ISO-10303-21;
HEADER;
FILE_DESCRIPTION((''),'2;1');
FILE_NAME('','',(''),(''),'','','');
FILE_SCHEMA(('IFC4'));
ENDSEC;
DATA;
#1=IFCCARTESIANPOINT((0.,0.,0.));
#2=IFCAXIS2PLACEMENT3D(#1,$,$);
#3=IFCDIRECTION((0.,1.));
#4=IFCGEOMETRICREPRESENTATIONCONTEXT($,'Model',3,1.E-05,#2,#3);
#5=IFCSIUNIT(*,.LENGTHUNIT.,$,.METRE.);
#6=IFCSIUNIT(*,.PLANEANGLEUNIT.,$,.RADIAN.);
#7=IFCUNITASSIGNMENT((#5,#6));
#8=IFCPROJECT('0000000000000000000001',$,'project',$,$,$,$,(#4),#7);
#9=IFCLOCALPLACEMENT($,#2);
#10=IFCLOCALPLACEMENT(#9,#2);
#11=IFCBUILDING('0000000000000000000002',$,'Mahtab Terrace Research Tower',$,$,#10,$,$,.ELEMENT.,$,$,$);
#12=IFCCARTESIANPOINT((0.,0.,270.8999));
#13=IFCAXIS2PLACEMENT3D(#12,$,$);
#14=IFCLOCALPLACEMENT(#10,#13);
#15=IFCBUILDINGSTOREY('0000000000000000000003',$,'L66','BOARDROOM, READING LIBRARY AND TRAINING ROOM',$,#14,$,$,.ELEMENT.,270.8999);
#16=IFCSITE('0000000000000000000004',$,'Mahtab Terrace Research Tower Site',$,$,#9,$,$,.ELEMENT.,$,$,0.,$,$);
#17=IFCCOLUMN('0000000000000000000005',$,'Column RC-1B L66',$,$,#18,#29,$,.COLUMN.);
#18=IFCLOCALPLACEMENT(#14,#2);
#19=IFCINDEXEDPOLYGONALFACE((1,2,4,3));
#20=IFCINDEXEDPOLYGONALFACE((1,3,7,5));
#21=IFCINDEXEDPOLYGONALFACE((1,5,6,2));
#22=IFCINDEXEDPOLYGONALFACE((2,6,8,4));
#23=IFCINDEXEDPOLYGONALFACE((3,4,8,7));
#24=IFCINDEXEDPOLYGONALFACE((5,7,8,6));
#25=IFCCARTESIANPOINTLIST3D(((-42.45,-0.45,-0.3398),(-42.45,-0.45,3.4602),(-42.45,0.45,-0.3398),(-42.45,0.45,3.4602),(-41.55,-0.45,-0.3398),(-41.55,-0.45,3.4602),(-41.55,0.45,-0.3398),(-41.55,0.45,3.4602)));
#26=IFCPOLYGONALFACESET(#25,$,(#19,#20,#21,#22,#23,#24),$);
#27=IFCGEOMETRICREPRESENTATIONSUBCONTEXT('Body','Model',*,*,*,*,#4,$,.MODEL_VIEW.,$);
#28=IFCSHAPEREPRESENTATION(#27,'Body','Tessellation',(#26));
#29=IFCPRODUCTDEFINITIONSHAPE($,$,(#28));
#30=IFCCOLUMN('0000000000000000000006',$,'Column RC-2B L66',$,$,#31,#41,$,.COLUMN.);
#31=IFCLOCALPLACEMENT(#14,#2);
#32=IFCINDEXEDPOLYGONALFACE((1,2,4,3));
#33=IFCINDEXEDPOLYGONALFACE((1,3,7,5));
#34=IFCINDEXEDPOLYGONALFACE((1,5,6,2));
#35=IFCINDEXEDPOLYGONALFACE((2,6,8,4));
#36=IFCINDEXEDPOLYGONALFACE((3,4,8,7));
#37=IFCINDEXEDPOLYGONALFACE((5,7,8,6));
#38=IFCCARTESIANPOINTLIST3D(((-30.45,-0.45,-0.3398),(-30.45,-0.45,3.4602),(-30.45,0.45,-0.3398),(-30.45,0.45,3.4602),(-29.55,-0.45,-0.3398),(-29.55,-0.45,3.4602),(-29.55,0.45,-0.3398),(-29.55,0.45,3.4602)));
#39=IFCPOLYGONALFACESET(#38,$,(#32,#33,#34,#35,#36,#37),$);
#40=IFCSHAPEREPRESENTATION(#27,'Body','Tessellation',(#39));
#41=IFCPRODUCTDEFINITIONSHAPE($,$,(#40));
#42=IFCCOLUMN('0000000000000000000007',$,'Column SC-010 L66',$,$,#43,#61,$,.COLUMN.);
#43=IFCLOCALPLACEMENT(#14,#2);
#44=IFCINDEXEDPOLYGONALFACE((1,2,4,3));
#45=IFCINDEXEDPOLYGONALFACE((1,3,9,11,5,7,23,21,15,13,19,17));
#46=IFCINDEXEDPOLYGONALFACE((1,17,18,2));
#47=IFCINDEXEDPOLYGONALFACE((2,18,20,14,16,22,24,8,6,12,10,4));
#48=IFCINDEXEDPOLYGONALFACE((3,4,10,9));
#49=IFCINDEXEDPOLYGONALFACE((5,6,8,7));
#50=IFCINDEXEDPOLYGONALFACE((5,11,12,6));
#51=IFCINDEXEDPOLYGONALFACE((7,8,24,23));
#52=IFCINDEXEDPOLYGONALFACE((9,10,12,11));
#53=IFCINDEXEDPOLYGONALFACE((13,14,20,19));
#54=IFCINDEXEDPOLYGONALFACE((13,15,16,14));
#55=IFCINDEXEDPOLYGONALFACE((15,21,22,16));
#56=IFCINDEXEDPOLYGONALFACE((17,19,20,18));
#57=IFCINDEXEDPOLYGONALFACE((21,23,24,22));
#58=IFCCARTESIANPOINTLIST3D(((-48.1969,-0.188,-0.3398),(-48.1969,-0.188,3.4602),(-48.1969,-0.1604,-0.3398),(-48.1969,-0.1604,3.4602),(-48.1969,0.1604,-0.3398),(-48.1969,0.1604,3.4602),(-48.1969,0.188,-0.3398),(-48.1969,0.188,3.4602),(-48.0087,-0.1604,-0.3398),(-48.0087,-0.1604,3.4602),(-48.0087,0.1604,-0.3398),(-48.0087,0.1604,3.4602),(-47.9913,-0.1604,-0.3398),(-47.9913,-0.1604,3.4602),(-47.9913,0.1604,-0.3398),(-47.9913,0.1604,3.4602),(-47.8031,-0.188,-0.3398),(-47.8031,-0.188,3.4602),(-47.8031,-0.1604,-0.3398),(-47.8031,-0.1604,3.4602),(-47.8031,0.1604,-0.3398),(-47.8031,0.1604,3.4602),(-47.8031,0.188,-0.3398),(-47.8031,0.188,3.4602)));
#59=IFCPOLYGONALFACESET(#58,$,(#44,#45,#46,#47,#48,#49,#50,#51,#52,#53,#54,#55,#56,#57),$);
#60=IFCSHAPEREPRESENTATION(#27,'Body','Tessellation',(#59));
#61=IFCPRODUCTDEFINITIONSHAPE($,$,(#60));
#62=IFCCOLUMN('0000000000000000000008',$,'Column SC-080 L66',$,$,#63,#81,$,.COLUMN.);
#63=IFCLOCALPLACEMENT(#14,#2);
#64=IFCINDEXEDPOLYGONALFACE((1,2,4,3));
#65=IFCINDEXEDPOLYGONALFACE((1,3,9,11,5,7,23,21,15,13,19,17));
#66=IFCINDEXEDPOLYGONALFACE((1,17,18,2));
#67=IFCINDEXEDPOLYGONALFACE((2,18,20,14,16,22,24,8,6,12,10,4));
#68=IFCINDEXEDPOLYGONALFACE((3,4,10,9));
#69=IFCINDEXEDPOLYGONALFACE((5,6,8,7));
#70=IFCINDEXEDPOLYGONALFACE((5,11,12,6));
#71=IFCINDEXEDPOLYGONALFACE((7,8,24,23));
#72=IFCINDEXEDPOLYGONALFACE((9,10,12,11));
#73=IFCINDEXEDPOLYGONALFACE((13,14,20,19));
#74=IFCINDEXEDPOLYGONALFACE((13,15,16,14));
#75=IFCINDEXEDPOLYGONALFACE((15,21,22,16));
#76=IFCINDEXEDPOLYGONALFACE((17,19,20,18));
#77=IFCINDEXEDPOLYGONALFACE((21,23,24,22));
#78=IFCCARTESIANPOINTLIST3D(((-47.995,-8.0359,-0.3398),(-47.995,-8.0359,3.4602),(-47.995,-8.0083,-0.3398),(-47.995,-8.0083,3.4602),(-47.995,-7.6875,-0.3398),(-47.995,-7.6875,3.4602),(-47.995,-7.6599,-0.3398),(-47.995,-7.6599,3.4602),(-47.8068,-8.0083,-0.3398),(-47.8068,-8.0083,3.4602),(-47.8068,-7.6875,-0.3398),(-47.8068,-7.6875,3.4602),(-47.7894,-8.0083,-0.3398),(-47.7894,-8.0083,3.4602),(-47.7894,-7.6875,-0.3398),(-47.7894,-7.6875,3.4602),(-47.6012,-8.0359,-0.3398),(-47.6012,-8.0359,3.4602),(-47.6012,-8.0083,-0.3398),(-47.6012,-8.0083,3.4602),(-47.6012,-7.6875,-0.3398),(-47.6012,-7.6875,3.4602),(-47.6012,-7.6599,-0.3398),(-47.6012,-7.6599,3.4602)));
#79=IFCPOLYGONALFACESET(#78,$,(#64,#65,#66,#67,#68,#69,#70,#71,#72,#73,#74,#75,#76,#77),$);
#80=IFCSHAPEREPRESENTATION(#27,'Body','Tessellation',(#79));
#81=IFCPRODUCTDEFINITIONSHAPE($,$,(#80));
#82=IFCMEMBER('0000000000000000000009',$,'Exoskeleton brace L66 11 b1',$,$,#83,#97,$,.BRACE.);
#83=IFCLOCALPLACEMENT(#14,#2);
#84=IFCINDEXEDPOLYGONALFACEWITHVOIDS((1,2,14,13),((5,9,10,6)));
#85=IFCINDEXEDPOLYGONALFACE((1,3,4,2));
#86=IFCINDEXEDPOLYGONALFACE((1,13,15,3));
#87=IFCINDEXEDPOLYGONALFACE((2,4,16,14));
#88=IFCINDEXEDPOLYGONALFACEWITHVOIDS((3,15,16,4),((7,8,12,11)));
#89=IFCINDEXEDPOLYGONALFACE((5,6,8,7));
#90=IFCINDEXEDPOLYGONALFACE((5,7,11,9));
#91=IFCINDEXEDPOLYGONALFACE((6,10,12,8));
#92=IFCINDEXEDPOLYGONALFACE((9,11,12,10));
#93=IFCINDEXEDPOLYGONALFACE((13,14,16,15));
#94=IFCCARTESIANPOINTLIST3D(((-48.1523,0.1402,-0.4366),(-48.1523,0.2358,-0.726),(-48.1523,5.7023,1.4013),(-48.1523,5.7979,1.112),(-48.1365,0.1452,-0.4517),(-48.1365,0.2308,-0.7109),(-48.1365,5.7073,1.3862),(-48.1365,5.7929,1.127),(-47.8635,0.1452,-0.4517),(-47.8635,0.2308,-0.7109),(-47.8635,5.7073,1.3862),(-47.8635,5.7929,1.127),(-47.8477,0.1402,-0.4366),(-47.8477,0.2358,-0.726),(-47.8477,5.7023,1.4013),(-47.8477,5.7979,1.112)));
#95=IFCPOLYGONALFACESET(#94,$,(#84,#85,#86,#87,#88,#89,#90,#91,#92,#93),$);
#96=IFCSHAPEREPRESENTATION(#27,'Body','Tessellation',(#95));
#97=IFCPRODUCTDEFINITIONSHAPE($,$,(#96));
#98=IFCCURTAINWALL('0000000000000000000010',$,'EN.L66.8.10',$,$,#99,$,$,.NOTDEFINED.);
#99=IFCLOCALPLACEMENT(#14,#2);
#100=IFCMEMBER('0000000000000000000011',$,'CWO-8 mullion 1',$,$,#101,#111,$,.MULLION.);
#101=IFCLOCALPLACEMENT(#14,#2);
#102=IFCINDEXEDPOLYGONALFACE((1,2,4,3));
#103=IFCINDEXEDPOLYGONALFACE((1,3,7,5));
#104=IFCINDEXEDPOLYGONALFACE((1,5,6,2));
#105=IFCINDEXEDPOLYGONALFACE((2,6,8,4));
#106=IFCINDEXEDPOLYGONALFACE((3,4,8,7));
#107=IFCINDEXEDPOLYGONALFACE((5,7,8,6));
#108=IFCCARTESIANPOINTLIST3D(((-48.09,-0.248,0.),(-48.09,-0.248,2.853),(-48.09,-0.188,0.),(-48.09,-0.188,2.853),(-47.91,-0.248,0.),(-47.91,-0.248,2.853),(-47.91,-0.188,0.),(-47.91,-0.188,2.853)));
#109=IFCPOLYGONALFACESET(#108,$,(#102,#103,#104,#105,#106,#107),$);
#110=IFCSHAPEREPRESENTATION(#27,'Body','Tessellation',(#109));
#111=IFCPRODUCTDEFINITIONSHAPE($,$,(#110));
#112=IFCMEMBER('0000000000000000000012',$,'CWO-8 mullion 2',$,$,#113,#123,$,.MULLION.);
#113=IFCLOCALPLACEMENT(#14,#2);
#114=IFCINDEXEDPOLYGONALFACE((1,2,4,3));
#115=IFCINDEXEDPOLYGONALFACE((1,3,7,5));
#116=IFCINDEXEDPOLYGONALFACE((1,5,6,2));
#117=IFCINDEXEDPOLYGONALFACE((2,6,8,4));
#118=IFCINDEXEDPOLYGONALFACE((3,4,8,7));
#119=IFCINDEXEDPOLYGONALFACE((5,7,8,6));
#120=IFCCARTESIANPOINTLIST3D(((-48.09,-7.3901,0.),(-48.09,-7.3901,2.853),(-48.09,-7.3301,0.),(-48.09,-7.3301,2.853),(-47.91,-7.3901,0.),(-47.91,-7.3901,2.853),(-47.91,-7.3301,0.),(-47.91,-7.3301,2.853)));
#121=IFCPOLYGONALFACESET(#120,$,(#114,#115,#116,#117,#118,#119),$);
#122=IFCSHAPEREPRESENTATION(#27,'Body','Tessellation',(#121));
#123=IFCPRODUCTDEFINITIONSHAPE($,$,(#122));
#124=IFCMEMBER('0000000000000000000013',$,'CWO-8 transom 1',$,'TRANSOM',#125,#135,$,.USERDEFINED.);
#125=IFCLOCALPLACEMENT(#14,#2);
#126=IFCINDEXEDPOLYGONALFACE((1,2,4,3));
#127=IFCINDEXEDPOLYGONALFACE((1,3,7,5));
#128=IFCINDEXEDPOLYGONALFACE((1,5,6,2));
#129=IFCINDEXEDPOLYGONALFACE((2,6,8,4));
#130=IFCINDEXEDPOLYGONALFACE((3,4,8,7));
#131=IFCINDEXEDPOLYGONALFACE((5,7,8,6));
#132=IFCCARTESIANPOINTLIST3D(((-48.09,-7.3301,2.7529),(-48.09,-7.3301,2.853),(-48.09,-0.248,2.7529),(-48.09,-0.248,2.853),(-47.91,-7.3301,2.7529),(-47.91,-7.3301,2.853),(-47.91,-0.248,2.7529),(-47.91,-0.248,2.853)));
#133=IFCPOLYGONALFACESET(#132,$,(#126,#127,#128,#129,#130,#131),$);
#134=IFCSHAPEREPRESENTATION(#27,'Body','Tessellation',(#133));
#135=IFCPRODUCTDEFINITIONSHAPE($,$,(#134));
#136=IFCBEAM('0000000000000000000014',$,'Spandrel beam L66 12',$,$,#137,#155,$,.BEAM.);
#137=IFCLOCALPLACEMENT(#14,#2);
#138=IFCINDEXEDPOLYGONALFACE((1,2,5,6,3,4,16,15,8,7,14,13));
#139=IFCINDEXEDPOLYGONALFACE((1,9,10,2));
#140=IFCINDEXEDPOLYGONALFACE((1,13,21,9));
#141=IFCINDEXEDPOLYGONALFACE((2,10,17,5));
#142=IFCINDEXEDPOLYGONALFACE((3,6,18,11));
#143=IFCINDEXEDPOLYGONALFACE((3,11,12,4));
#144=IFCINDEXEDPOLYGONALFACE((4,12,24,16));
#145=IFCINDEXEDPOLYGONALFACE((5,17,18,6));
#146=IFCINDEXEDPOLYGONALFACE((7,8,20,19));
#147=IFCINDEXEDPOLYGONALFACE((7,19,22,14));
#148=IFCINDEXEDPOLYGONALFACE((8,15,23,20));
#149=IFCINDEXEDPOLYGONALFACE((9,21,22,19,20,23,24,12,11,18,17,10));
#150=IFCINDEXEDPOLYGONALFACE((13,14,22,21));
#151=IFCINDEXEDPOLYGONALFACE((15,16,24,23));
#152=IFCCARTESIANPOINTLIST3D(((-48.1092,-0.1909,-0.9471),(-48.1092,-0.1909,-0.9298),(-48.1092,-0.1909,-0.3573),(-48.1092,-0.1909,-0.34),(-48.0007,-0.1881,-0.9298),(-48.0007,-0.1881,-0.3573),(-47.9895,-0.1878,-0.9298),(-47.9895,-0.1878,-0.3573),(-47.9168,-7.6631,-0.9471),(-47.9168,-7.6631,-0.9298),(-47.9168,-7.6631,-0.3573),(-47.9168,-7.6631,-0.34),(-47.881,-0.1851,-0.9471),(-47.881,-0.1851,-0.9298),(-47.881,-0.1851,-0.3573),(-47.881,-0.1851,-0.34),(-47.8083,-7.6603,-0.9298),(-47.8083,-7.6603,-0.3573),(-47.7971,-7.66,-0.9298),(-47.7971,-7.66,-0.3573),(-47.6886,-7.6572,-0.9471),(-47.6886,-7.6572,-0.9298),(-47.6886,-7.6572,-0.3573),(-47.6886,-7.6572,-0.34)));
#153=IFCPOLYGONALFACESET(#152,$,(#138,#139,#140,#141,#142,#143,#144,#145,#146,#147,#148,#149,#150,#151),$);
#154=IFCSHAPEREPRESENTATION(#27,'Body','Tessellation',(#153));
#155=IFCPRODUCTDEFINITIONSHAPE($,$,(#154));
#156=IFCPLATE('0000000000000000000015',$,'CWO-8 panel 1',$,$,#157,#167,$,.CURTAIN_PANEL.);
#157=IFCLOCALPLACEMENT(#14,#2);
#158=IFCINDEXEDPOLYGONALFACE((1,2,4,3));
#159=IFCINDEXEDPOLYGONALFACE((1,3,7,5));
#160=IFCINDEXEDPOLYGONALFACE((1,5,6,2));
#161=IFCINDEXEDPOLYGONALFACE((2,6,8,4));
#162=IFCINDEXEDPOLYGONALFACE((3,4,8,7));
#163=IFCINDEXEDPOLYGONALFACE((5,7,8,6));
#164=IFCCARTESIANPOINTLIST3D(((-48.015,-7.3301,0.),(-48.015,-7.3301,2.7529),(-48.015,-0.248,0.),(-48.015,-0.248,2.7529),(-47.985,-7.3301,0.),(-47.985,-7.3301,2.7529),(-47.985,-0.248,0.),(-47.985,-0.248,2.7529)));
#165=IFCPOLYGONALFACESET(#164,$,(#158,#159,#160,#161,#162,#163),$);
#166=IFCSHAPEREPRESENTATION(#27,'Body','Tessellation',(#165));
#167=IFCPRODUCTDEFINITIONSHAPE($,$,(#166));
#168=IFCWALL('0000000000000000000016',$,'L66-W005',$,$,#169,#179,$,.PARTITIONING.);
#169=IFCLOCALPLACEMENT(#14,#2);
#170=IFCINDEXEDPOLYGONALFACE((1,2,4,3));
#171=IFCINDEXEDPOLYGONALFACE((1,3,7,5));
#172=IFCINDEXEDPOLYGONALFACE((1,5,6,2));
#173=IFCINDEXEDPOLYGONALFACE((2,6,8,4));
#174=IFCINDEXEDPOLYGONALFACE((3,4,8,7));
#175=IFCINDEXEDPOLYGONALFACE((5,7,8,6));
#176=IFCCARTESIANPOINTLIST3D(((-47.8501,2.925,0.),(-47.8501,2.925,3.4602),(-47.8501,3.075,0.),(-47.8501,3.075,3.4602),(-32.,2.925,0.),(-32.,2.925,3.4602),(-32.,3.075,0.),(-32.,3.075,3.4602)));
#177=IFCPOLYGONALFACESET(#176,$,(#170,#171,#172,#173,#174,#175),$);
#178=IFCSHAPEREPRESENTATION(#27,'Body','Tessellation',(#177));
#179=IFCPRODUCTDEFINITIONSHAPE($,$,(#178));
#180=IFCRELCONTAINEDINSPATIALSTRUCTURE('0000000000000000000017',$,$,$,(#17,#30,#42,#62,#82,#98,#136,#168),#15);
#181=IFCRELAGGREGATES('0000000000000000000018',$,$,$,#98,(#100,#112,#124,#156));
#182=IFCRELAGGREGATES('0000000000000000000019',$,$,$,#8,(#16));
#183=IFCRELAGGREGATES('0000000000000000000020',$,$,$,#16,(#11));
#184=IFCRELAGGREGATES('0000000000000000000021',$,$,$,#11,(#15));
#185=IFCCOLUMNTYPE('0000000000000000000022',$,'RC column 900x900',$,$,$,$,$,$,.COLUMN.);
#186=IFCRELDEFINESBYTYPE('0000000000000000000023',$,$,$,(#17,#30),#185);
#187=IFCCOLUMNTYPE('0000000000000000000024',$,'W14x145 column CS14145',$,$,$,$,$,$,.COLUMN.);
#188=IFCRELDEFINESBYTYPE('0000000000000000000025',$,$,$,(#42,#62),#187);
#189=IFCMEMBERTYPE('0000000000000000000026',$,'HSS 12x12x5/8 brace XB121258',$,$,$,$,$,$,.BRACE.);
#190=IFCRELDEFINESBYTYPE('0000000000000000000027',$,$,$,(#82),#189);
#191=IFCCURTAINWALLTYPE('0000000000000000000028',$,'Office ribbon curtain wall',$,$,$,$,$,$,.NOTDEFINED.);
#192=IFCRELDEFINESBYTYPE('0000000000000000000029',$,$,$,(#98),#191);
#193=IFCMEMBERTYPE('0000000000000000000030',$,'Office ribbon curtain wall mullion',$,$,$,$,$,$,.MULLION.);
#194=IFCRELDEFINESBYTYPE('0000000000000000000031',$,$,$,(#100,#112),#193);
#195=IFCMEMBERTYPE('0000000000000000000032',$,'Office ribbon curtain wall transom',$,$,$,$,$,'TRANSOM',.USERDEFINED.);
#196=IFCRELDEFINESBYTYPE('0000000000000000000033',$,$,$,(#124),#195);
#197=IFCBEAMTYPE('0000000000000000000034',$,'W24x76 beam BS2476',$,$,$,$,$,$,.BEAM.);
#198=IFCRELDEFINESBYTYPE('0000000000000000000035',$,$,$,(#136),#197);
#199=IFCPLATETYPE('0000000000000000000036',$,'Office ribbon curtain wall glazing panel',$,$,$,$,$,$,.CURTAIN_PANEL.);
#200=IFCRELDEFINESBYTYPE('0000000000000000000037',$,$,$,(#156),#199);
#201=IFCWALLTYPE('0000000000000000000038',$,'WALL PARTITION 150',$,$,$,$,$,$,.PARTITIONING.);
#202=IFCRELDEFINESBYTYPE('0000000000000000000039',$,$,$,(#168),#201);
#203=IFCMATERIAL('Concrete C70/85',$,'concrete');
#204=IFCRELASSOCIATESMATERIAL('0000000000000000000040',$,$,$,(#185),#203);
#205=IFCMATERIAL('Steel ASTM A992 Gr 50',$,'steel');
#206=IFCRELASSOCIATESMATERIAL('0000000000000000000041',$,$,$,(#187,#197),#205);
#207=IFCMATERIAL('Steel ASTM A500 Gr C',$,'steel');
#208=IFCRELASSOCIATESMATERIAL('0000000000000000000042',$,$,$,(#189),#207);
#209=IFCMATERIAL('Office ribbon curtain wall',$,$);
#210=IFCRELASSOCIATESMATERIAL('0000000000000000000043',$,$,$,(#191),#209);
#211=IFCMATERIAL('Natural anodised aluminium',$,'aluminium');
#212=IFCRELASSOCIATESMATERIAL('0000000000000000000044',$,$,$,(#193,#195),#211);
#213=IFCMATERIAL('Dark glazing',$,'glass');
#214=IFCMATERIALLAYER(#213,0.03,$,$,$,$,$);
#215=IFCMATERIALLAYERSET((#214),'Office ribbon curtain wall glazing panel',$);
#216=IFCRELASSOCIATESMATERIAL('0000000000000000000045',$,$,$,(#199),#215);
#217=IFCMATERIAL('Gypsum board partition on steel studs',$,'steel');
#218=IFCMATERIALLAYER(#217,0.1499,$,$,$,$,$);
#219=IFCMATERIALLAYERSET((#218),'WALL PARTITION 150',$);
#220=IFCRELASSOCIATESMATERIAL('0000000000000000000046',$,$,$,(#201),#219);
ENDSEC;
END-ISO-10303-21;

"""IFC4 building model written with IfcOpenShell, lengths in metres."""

from ifc_helpers import new_model, si_unit, direction, frame, frame_2d, origin, origin_2d, place, context, subcontext, project, spatial, rectangle, hollow_rectangle, i_section, extrude, material, layer, layer_set, material_profile, profile_set, type_object, element, aggregate, save


model = new_model("IFC4")

# Units and contexts
model_context = context("Model", 3, precision=1e-05, world=origin(), true_north=direction((0.0, 1.0)))
body_context = subcontext(model_context, "Body", "Model", "MODEL_VIEW")
ifc_project = project(units=[si_unit("LENGTHUNIT", "METRE"), si_unit("PLANEANGLEUNIT", "RADIAN")], contexts=[model_context])

# Site, building, storey
site_placement = place(None, origin())
site = spatial("IfcSite", under=ifc_project, at=site_placement, Name="Mahtab Terrace Research Tower Site", CompositionType="ELEMENT", RefElevation=0.0)
building_placement = place(site_placement, origin())
building = spatial("IfcBuilding", under=site, at=building_placement, Name="Mahtab Terrace Research Tower", CompositionType="ELEMENT")
storey_placement = place(building_placement, frame((0.0, 0.0, 270.8999)))
storey = spatial("IfcBuildingStorey", under=building, at=storey_placement, Name="L66", Description="BOARDROOM, READING LIBRARY AND TRAINING ROOM", CompositionType="ELEMENT", Elevation=270.8999)

# Columns
ifc_material_1 = material(Name="Concrete C70/85", Category="concrete")
ifc_material_profile_1 = material_profile(ifc_material_1, rectangle(XDim=0.8999, YDim=0.8999, at=origin_2d()), Name="RC column 900x900")
ifc_profile_set_1 = profile_set([ifc_material_profile_1], Name="Concrete C70/85")
column_type_1 = type_object("IfcColumnType", Name="RC column 900x900", PredefinedType="COLUMN", material=ifc_profile_set_1)
for number, where, z_axis, x_axis, name in (
    (1, (-42.0, 0.0, -0.3398), (0.0, 0.0, 1.0), (1.0, 0.0, 0.0), "Column RC-1B L66"),
    (2, (-30.0, 0.0, -0.3398), (0.0, 0.0, 1.0), (1.0, 0.0, 0.0), "Column RC-2B L66"),
):
    element("IfcColumn", number, at=place(storey_placement, frame(where, z_axis=z_axis, x_axis=x_axis)), inside=storey, type_object=column_type_1, Name=name, PredefinedType="COLUMN", context=body_context, shape_type="SweptSolid", body=[
        extrude(rectangle(XDim=0.8999, YDim=0.8999, at=origin_2d()), origin(), (0.0, 0.0, 1.0), 3.8),
    ])
ifc_material_2 = material(Name="Steel ASTM A992 Gr 50", Category="steel")
ifc_material_profile_2 = material_profile(ifc_material_2, i_section(OverallWidth=0.3938, OverallDepth=0.376, WebThickness=0.0173, FlangeThickness=0.0276, at=origin_2d()), Name="W14X145")
ifc_profile_set_2 = profile_set([ifc_material_profile_2], Name="Steel ASTM A992 Gr 50")
column_type_2 = type_object("IfcColumnType", Name="W14x145 column CS14145", PredefinedType="COLUMN", material=ifc_profile_set_2)
for number, where, z_axis, x_axis, name in (
    (3, (-48.0, 0.0, -0.3398), (0.0, 0.0, 1.0), (1.0, 0.0, 0.0), "Column SC-010 L66"),
    (4, (-47.7981, -7.8479, -0.3398), (0.0, 0.0, 1.0), (1.0, 0.0, 0.0), "Column SC-080 L66"),
):
    element("IfcColumn", number, at=place(storey_placement, frame(where, z_axis=z_axis, x_axis=x_axis)), inside=storey, type_object=column_type_2, Name=name, PredefinedType="COLUMN", context=body_context, shape_type="SweptSolid", body=[
        extrude(i_section(OverallWidth=0.3938, OverallDepth=0.376, WebThickness=0.0173, FlangeThickness=0.0276, at=origin_2d()), origin(), (0.0, 0.0, 1.0), 3.8),
    ])

# Member
ifc_material_3 = material(Name="Steel ASTM A500 Gr C", Category="steel")
ifc_material_profile_3 = material_profile(ifc_material_3, hollow_rectangle(XDim=0.3047, YDim=0.3047, WallThickness=0.0159, at=origin_2d()), Name="HSS12X12X5/8")
ifc_profile_set_3 = profile_set([ifc_material_profile_3], Name="Steel ASTM A500 Gr C")
member_type_1 = type_object("IfcMemberType", Name="HSS 12x12x5/8 brace XB121258", PredefinedType="BRACE", material=ifc_profile_set_3)
member_1_placement = place(storey_placement, frame((-48.0, 0.188, -0.5813), z_axis=(0.0, 0.949505, 0.313751), x_axis=(-1.0, 0.0, 0.0)))
element("IfcMember", 5, at=member_1_placement, inside=storey, type_object=member_type_1, Name="Exoskeleton brace L66 11 b1", PredefinedType="BRACE", context=body_context, shape_type="SweptSolid", body=[
    extrude(hollow_rectangle(XDim=0.3047, YDim=0.3047, WallThickness=0.0159, at=origin_2d()), origin(), (0.0, 0.0, 1.0), 5.8579),
])

# Curtain wall, members
ifc_material_4 = material(Name="Office ribbon curtain wall")
curtain_wall_type = type_object("IfcCurtainWallType", Name="Office ribbon curtain wall", PredefinedType="NOTDEFINED", material=ifc_material_4)
curtain_wall_placement = place(storey_placement, origin())
curtain_wall = element("IfcCurtainWall", 6, at=curtain_wall_placement, inside=storey, type_object=curtain_wall_type, Name="EN.L66.8.10", PredefinedType="NOTDEFINED")
ifc_material_5 = material(Name="Natural anodised aluminium", Category="aluminium")
ifc_material_profile_4 = material_profile(ifc_material_5, rectangle(XDim=0.1799, YDim=0.0601, at=origin_2d()), Name="MULLION 60x180")
ifc_profile_set_4 = profile_set([ifc_material_profile_4], Name="Natural anodised aluminium")
member_type_2 = type_object("IfcMemberType", Name="Office ribbon curtain wall mullion", PredefinedType="MULLION", material=ifc_profile_set_4)
member_2_placement = place(storey_placement, frame((-48.0, -0.218, 0.0), z_axis=(0.0, 0.0, 1.0), x_axis=(1.0, 0.0, 0.0)))
member_2 = element("IfcMember", 7, at=member_2_placement, type_object=member_type_2, Name="CWO-8 mullion 1", PredefinedType="MULLION", context=body_context, shape_type="SweptSolid", body=[
    extrude(rectangle(XDim=0.1799, YDim=0.0601, at=origin_2d()), origin(), (0.0, 0.0, 1.0), 2.853),
])
member_3_placement = place(storey_placement, frame((-48.0, -7.3601, 0.0), z_axis=(0.0, 0.0, 1.0), x_axis=(1.0, 0.0, 0.0)))
member_3 = element("IfcMember", 8, at=member_3_placement, type_object=member_type_2, Name="CWO-8 mullion 2", PredefinedType="MULLION", context=body_context, shape_type="SweptSolid", body=[
    extrude(rectangle(XDim=0.1799, YDim=0.0601, at=origin_2d()), origin(), (0.0, 0.0, 1.0), 2.853),
])
ifc_material_profile_5 = material_profile(ifc_material_5, rectangle(XDim=0.1799, YDim=0.1001, at=origin_2d()), Name="TRANSOM 100x180")
ifc_profile_set_5 = profile_set([ifc_material_profile_5], Name="Natural anodised aluminium")
member_type_3 = type_object("IfcMemberType", Name="Office ribbon curtain wall transom", ElementType="TRANSOM", PredefinedType="USERDEFINED", material=ifc_profile_set_5)
member_4_placement = place(storey_placement, frame((-48.0, -0.248, 2.803), z_axis=(0.0, -1.0, 0.0), x_axis=(1.0, 0.0, 0.0)))
member_4 = element("IfcMember", 9, at=member_4_placement, type_object=member_type_3, Name="CWO-8 transom 1", ObjectType="TRANSOM", PredefinedType="USERDEFINED", context=body_context, shape_type="SweptSolid", body=[
    extrude(rectangle(XDim=0.1799, YDim=0.1001, at=origin_2d()), origin(), (0.0, 0.0, 1.0), 7.082),
])

# Beam
ifc_material_profile_6 = material_profile(ifc_material_2, i_section(OverallWidth=0.2283, OverallDepth=0.6072, WebThickness=0.0112, FlangeThickness=0.0173, at=origin_2d()), Name="W24X76")
ifc_profile_set_6 = profile_set([ifc_material_profile_6], Name="Steel ASTM A992 Gr 50")
beam_type = type_object("IfcBeamType", Name="W24x76 beam BS2476", PredefinedType="BEAM", material=ifc_profile_set_6)
beam_placement = place(storey_placement, frame((-47.9951, -0.188, -0.6436), z_axis=(0.025738, -0.999669, 0.0), x_axis=(0.999669, 0.025738, 0.0)))
element("IfcBeam", 10, at=beam_placement, inside=storey, type_object=beam_type, Name="Spandrel beam L66 12", PredefinedType="BEAM", context=body_context, shape_type="SweptSolid", body=[
    extrude(i_section(OverallWidth=0.2283, OverallDepth=0.6072, WebThickness=0.0112, FlangeThickness=0.0173, at=origin_2d()), origin(), (0.0, 0.0, 1.0), 7.4746),
])

# Plate
ifc_material_6 = material(Name="Dark glazing", Category="glass")
ifc_layer_1 = layer(ifc_material_6, 0.03)
ifc_layer_set_1 = layer_set([ifc_layer_1], Name="Office ribbon curtain wall glazing panel")
plate_type = type_object("IfcPlateType", Name="Office ribbon curtain wall glazing panel", PredefinedType="CURTAIN_PANEL", material=ifc_layer_set_1)
plate_placement = place(storey_placement, frame((-48.0, -3.7891, 0.0), z_axis=(0.0, 0.0, 1.0), x_axis=(0.0, -1.0, 0.0)))
plate = element("IfcPlate", 11, at=plate_placement, type_object=plate_type, Name="CWO-8 panel 1", PredefinedType="CURTAIN_PANEL", context=body_context, shape_type="SweptSolid", body=[
    extrude(rectangle(XDim=7.082, YDim=0.03, at=origin_2d()), origin(), (0.0, 0.0, 1.0), 2.7529),
])
aggregate(curtain_wall, [member_2, member_3, member_4, plate])

# Wall
ifc_material_7 = material(Name="Gypsum board partition on steel studs", Category="steel")
ifc_layer_2 = layer(ifc_material_7, 0.1499)
ifc_layer_set_2 = layer_set([ifc_layer_2], Name="WALL PARTITION 150")
wall_type = type_object("IfcWallType", Name="WALL PARTITION 150", PredefinedType="PARTITIONING", material=ifc_layer_set_2)
wall_placement = place(storey_placement, frame((-47.8501, 3.0, 0.0), z_axis=(0.0, 0.0, 1.0), x_axis=(1.0, 0.0, 0.0)))
element("IfcWall", 12, at=wall_placement, inside=storey, type_object=wall_type, Name="L66-W005", PredefinedType="PARTITIONING", context=body_context, shape_type="SweptSolid", body=[
    extrude(rectangle(XDim=15.8501, YDim=0.1499, at=frame_2d((7.925, 0.0))), origin(), (0.0, 0.0, 1.0), 3.4602),
])

save(model, "model.ifc")
